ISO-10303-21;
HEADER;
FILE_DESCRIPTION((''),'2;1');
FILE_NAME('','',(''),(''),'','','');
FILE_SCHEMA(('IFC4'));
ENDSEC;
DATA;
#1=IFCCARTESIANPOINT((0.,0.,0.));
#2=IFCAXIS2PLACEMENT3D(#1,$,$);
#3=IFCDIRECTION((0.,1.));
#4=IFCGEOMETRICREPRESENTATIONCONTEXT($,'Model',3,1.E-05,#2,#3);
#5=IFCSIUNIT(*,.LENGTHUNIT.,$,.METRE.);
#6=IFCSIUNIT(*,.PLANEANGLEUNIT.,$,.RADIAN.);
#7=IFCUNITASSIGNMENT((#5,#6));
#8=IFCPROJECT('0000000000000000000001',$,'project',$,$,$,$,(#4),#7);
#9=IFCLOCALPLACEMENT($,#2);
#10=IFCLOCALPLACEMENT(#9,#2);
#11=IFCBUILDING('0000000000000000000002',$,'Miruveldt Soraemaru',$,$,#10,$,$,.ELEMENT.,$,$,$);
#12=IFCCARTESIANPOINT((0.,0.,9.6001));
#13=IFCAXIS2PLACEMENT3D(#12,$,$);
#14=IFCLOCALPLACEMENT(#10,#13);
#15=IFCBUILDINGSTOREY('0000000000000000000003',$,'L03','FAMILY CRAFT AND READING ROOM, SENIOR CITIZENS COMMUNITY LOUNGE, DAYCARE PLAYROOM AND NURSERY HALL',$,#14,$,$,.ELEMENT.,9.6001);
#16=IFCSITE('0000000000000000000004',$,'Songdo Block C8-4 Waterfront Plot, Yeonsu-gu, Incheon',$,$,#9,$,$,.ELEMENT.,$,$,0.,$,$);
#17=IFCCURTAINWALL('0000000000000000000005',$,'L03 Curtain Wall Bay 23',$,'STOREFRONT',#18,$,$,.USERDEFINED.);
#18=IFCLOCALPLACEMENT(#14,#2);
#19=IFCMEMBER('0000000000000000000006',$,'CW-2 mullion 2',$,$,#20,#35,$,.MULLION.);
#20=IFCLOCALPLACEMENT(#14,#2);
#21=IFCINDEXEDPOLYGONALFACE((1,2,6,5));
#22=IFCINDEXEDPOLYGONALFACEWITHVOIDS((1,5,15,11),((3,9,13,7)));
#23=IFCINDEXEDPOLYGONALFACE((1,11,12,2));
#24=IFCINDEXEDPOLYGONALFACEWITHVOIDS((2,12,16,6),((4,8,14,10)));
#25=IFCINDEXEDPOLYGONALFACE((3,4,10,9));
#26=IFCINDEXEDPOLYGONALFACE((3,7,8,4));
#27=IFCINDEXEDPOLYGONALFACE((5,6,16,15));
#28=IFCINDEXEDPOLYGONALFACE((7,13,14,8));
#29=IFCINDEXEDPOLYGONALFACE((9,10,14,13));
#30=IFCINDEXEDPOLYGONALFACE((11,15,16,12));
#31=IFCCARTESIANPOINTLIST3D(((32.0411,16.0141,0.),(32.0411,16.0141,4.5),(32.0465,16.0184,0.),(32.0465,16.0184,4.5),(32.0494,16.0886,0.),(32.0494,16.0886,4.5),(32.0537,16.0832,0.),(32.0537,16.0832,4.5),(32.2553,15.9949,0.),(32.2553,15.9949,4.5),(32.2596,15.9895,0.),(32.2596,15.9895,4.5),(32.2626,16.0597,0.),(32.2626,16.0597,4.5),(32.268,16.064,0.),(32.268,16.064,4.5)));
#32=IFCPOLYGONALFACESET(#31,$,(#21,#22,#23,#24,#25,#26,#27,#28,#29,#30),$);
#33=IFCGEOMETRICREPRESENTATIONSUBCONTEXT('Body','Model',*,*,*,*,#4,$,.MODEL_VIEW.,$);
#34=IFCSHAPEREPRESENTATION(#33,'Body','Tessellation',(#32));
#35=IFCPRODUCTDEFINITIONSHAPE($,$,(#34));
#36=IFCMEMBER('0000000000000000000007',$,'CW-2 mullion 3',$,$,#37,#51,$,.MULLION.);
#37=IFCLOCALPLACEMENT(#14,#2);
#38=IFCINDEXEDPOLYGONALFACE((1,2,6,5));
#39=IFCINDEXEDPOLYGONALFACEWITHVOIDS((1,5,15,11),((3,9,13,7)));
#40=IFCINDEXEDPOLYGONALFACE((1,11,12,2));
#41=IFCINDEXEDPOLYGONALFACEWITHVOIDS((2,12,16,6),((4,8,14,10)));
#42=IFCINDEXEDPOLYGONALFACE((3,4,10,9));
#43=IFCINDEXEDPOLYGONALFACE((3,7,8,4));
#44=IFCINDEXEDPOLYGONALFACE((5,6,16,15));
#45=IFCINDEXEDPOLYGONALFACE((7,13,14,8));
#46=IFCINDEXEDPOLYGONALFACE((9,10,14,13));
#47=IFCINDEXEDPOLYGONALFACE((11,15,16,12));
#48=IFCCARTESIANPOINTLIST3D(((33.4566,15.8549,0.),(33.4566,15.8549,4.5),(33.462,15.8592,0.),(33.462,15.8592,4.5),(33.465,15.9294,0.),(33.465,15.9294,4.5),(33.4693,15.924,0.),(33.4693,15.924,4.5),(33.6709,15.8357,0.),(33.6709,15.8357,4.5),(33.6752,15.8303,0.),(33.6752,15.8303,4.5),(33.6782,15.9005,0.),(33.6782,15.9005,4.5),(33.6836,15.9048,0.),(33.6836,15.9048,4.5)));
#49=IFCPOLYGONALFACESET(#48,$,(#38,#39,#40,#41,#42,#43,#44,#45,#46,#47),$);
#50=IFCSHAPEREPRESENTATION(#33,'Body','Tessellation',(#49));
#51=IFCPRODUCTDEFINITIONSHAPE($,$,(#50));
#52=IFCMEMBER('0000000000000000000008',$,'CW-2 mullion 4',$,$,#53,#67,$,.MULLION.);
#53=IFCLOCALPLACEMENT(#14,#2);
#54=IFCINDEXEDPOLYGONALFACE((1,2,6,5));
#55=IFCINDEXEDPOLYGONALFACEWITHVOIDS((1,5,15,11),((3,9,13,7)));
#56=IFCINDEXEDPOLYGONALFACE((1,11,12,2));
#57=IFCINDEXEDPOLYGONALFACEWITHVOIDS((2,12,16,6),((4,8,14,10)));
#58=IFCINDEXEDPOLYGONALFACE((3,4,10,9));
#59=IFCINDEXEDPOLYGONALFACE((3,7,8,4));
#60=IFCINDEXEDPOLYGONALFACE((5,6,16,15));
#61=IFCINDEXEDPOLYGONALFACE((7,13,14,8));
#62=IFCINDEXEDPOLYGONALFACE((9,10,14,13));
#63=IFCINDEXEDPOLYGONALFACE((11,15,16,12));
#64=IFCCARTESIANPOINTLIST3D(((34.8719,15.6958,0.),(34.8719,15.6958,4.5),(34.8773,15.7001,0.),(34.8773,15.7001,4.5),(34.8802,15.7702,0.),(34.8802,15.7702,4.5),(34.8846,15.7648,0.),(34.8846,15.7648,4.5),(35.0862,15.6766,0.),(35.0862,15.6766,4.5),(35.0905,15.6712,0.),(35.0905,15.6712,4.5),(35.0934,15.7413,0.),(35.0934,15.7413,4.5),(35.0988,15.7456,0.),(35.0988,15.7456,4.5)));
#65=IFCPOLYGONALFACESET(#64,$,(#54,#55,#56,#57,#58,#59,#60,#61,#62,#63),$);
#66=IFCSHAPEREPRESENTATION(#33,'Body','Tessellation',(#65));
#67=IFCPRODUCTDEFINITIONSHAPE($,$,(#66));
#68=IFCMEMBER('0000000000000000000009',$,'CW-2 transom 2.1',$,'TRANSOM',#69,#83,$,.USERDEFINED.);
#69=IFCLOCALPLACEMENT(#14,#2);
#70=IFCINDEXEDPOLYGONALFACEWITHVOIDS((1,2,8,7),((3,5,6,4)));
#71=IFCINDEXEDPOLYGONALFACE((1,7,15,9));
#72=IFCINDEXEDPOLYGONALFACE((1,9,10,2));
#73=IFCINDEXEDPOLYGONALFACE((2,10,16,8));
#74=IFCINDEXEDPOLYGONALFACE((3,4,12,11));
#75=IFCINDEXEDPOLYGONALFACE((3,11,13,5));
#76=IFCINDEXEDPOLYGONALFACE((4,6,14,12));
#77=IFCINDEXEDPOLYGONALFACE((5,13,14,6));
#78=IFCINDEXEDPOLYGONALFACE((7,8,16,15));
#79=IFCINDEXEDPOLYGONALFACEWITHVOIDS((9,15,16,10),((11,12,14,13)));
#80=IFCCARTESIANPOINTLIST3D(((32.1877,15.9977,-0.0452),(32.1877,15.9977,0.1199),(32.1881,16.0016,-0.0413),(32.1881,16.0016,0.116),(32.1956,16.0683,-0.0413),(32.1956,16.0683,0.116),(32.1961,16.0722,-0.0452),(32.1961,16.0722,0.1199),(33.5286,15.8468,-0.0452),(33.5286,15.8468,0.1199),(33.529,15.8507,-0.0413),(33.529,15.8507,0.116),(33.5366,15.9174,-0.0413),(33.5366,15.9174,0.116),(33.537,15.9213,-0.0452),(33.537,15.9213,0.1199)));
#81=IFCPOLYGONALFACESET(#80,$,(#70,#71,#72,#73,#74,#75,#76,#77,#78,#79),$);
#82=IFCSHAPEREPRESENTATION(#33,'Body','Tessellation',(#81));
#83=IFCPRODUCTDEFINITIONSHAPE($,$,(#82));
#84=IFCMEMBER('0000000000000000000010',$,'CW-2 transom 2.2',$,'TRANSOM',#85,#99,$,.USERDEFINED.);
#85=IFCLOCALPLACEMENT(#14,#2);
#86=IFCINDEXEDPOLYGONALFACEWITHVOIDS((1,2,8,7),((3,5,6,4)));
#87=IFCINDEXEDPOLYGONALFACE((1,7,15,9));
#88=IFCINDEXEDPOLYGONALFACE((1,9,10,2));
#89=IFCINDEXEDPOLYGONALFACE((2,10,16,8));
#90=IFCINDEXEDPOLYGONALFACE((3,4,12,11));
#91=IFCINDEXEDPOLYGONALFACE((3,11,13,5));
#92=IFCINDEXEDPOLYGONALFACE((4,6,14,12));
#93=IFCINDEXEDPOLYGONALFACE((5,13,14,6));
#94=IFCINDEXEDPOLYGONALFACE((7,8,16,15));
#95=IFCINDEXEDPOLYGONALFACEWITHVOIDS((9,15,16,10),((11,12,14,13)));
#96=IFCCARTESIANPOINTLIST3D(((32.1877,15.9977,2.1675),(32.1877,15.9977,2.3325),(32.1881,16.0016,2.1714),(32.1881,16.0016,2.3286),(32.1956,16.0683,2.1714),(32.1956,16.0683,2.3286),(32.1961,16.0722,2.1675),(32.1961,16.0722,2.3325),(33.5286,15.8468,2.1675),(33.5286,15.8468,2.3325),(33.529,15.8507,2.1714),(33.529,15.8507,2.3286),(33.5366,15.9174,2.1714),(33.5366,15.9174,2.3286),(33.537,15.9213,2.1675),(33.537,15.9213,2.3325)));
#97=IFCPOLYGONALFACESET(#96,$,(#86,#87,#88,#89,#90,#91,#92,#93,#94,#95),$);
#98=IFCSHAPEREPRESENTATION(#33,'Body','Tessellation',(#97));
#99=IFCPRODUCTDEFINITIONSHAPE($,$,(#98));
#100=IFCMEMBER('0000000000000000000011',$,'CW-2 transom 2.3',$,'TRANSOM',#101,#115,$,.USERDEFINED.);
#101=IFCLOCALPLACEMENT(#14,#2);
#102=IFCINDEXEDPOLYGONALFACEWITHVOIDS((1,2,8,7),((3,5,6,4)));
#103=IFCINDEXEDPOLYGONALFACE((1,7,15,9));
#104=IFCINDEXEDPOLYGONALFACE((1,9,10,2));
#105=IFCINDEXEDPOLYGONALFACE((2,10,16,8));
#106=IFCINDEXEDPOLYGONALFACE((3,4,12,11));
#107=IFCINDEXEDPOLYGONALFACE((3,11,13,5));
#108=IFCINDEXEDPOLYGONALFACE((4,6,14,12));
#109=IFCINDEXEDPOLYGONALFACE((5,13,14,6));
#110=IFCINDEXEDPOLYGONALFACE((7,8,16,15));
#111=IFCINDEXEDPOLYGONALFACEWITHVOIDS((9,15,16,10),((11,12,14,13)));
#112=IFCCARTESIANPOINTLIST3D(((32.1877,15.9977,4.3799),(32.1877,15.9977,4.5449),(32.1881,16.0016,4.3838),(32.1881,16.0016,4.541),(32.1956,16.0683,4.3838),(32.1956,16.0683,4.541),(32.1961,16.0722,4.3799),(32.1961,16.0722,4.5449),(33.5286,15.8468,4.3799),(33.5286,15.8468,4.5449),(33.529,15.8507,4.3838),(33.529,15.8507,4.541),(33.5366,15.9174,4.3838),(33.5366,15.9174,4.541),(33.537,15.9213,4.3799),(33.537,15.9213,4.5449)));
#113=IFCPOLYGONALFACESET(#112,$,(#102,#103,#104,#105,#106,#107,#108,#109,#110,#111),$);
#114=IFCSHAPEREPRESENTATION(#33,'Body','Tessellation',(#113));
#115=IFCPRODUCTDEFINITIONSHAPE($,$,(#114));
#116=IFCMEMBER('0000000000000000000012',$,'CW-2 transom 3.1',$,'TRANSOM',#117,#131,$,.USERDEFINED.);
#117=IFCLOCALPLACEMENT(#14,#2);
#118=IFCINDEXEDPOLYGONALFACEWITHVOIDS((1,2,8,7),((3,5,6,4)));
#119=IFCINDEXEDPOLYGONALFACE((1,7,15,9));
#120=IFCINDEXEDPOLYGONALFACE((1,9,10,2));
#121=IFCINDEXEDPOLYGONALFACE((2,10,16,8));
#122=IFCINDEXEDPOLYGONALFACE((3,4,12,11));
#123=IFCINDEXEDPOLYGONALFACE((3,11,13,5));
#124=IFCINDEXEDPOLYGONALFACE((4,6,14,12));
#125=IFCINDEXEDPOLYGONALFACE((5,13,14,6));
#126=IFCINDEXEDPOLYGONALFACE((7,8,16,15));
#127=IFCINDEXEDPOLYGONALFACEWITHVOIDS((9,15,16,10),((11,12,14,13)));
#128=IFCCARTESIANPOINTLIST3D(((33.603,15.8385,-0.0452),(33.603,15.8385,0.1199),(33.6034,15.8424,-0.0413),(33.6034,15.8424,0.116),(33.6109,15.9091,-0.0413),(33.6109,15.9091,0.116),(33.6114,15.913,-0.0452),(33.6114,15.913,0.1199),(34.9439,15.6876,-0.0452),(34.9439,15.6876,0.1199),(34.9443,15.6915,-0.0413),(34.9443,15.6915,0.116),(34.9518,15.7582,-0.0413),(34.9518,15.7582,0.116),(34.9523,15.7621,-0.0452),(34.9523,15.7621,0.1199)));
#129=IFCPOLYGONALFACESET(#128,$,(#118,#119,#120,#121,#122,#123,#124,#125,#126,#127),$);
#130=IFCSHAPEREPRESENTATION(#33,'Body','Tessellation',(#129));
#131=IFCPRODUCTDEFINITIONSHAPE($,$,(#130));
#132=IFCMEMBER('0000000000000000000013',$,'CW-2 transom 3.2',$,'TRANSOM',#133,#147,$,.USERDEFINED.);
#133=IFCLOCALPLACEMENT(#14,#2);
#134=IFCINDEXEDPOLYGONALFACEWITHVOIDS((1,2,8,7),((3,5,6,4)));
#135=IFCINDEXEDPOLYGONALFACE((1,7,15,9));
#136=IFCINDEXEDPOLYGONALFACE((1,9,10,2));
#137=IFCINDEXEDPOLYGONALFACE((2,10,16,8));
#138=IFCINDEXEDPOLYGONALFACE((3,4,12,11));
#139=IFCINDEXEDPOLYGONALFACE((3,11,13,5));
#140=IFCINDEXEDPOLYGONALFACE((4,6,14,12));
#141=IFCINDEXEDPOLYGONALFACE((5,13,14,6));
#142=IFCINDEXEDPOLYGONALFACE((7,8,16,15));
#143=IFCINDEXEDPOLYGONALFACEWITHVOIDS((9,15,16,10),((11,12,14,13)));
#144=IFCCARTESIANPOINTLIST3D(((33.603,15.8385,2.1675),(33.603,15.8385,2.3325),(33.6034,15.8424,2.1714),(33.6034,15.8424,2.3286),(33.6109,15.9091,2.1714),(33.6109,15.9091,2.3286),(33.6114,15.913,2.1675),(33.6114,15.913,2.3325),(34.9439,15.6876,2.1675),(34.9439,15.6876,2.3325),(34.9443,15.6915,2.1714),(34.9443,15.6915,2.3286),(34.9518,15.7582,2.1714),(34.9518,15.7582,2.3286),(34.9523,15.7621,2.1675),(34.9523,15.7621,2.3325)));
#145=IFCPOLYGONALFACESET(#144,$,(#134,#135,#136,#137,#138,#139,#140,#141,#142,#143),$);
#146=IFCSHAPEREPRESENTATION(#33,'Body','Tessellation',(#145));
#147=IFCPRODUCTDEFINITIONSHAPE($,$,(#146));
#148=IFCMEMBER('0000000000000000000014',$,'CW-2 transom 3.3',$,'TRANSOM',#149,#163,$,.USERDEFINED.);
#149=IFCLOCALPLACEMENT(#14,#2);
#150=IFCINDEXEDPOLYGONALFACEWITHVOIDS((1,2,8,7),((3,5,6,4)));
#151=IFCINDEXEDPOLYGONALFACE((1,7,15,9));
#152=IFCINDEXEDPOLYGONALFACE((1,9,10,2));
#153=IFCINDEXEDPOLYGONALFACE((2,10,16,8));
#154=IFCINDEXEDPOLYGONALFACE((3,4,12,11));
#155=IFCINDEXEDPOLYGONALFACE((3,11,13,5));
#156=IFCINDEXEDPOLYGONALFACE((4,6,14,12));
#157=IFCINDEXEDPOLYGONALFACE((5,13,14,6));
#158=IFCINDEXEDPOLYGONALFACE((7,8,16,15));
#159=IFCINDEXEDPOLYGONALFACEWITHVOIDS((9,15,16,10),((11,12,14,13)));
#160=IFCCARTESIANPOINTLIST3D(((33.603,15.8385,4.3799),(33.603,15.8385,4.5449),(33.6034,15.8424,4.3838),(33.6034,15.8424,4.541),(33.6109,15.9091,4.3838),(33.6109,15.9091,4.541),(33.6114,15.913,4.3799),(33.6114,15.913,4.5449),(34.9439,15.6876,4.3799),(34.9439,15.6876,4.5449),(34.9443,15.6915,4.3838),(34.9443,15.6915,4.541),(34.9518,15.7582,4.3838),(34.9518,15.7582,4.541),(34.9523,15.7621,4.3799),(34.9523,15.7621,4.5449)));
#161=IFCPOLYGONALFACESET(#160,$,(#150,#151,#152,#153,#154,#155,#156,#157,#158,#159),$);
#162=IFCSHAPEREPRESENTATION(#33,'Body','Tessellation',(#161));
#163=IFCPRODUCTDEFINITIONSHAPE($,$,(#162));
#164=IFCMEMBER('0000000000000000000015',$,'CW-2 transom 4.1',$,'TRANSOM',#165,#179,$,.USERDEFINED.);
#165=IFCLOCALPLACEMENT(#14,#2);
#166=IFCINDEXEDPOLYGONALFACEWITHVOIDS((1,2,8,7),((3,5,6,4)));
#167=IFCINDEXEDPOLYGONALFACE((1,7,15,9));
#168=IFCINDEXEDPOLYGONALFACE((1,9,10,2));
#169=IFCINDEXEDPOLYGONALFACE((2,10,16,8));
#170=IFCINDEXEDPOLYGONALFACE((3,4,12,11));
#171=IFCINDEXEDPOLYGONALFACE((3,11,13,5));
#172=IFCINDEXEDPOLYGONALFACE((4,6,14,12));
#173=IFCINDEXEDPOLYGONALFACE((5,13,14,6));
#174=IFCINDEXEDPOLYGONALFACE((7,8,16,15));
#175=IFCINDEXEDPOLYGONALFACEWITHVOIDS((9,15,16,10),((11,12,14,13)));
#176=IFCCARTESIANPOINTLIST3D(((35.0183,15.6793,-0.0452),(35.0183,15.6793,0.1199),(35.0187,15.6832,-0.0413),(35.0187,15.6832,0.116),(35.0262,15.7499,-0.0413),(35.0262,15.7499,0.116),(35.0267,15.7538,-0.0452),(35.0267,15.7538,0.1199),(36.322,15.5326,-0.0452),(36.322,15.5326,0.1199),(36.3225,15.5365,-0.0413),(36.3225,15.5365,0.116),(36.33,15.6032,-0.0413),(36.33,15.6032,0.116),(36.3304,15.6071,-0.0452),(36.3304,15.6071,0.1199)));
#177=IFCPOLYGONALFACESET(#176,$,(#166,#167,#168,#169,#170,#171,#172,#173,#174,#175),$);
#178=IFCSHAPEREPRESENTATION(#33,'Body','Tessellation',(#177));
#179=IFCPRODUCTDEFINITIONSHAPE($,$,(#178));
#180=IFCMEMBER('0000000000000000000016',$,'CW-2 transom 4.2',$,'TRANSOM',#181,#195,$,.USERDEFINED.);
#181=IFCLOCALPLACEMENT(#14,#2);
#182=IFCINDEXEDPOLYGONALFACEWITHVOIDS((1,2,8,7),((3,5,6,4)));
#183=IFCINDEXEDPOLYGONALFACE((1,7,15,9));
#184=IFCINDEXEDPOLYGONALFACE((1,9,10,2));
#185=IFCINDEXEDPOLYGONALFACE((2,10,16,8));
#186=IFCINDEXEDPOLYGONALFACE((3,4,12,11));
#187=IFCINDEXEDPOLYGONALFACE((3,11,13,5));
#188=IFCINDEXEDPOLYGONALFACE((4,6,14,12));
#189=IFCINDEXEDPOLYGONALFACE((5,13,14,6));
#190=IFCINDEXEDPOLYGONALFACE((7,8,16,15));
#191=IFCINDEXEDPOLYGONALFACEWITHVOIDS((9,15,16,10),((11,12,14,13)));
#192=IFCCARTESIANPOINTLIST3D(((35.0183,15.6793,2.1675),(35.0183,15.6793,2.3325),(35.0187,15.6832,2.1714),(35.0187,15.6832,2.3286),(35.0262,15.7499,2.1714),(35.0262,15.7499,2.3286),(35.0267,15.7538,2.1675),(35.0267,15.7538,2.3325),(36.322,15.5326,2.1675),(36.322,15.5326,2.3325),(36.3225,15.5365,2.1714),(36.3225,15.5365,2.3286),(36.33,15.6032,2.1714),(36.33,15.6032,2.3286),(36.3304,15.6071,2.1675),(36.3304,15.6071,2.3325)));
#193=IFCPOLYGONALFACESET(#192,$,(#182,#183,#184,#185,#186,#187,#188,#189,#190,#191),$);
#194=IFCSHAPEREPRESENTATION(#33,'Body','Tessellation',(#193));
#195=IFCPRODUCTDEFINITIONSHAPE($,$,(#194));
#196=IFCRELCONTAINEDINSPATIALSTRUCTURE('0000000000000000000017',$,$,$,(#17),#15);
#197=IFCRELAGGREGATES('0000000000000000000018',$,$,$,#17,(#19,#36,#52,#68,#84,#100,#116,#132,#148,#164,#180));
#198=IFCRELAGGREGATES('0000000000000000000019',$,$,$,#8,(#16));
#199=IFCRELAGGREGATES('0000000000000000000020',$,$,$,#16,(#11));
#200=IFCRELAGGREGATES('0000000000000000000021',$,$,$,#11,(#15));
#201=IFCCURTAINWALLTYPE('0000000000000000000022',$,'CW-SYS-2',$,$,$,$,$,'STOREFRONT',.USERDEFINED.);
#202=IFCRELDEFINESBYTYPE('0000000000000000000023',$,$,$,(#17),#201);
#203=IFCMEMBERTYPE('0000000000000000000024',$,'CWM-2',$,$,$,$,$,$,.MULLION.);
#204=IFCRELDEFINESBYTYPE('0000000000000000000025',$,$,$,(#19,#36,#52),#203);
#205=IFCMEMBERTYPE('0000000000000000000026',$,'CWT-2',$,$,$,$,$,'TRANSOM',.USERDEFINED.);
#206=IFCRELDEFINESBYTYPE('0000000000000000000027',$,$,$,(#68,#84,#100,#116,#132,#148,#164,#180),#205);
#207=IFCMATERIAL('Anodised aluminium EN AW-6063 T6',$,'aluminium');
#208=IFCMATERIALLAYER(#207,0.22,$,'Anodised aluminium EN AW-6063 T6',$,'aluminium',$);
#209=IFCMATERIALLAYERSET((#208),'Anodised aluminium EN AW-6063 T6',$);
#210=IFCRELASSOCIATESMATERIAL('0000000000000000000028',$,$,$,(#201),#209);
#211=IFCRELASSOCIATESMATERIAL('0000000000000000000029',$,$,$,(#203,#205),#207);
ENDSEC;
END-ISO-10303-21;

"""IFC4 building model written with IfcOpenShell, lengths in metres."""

from ifc_helpers import new_model, si_unit, direction, frame, origin, origin_2d, place, context, subcontext, project, spatial, hollow_rectangle, extrude, material, layer, layer_set, material_profile, profile_set, type_object, element, aggregate, save


model = new_model("IFC4")

# Units and contexts
model_context = context("Model", 3, precision=1e-05, world=origin(), true_north=direction((0.0, 1.0)))
body_context = subcontext(model_context, "Body", "Model", "MODEL_VIEW")
ifc_project = project(units=[si_unit("LENGTHUNIT", "METRE"), si_unit("PLANEANGLEUNIT", "RADIAN")], contexts=[model_context])

# Site, building, storey
site_placement = place(None, origin())
site = spatial("IfcSite", under=ifc_project, at=site_placement, Name="Songdo Block C8-4 Waterfront Plot, Yeonsu-gu, Incheon", CompositionType="ELEMENT", RefElevation=0.0)
building_placement = place(site_placement, origin())
building = spatial("IfcBuilding", under=site, at=building_placement, Name="Miruveldt Soraemaru", CompositionType="ELEMENT")
storey_placement = place(building_placement, frame((0.0, 0.0, 9.6001)))
storey = spatial("IfcBuildingStorey", under=building, at=storey_placement, Name="L03", Description="FAMILY CRAFT AND READING ROOM, SENIOR CITIZENS COMMUNITY LOUNGE, DAYCARE PLAYROOM AND NURSERY HALL", CompositionType="ELEMENT", Elevation=9.6001)

# Curtain wall, members
ifc_material_1 = material(Name="Anodised aluminium EN AW-6063 T6", Category="aluminium")
ifc_layer_1 = layer(ifc_material_1, 0.22, Name="Anodised aluminium EN AW-6063 T6", Category="aluminium")
ifc_layer_set_1 = layer_set([ifc_layer_1], Name="Anodised aluminium EN AW-6063 T6")
curtain_wall_type = type_object("IfcCurtainWallType", Name="CW-SYS-2", ElementType="STOREFRONT", PredefinedType="USERDEFINED", material=ifc_layer_set_1)
curtain_wall_placement = place(storey_placement, origin())
curtain_wall = element("IfcCurtainWall", 1, at=curtain_wall_placement, inside=storey, type_object=curtain_wall_type, Name="L03 Curtain Wall Bay 23", ObjectType="STOREFRONT", PredefinedType="USERDEFINED")
ifc_material_profile_1 = material_profile(ifc_material_1, hollow_rectangle(XDim=0.075, YDim=0.22, WallThickness=0.0049, at=origin_2d()), Name="Anodised aluminium EN AW-6063 T6", Category="aluminium")
ifc_profile_set_1 = profile_set([ifc_material_profile_1], Name="Anodised aluminium EN AW-6063 T6")
member_type_1 = type_object("IfcMemberType", Name="CWM-2", PredefinedType="MULLION", material=ifc_profile_set_1)
member_1_placement = place(storey_placement, frame((32.1545, 16.0391, 0.0), z_axis=(0.0, 0.0, 1.0), x_axis=(0.111778, 0.993733, 0.0)))
member_1 = element("IfcMember", 2, at=member_1_placement, type_object=member_type_1, Name="CW-2 mullion 2", PredefinedType="MULLION", context=body_context, shape_type="SweptSolid", body=[
    extrude(hollow_rectangle(XDim=0.075, YDim=0.22, WallThickness=0.0049, at=origin_2d()), origin(), (0.0, 0.0, 1.0), 4.5),
])
member_2_placement = place(storey_placement, frame((33.5701, 15.8799, 0.0), z_axis=(0.0, 0.0, 1.0), x_axis=(0.111778, 0.993733, 0.0)))
member_2 = element("IfcMember", 3, at=member_2_placement, type_object=member_type_1, Name="CW-2 mullion 3", PredefinedType="MULLION", context=body_context, shape_type="SweptSolid", body=[
    extrude(hollow_rectangle(XDim=0.075, YDim=0.22, WallThickness=0.0049, at=origin_2d()), origin(), (0.0, 0.0, 1.0), 4.5),
])
member_3_placement = place(storey_placement, frame((34.9854, 15.7207, 0.0), z_axis=(0.0, 0.0, 1.0), x_axis=(0.111778, 0.993733, 0.0)))
member_3 = element("IfcMember", 4, at=member_3_placement, type_object=member_type_1, Name="CW-2 mullion 4", PredefinedType="MULLION", context=body_context, shape_type="SweptSolid", body=[
    extrude(hollow_rectangle(XDim=0.075, YDim=0.22, WallThickness=0.0049, at=origin_2d()), origin(), (0.0, 0.0, 1.0), 4.5),
])
ifc_material_profile_2 = material_profile(ifc_material_1, hollow_rectangle(XDim=0.075, YDim=0.165, WallThickness=0.0039, at=origin_2d()), Name="Anodised aluminium EN AW-6063 T6", Category="aluminium")
ifc_profile_set_2 = profile_set([ifc_material_profile_2], Name="Anodised aluminium EN AW-6063 T6")
member_type_2 = type_object("IfcMemberType", Name="CWT-2", ElementType="TRANSOM", PredefinedType="USERDEFINED", material=ifc_profile_set_2)
member_4_placement = place(storey_placement, frame((32.1919, 16.0349, 0.0374), z_axis=(0.993728, -0.111822, 0.0), x_axis=(0.111822, 0.993728, 0.0)))
member_4 = element("IfcMember", 5, at=member_4_placement, type_object=member_type_2, Name="CW-2 transom 2.1", ObjectType="TRANSOM", PredefinedType="USERDEFINED", context=body_context, shape_type="SweptSolid", body=[
    extrude(hollow_rectangle(XDim=0.075, YDim=0.165, WallThickness=0.0039, at=origin_2d()), origin(), (0.0, 0.0, 1.0), 1.3494),
])
member_5_placement = place(storey_placement, frame((32.1919, 16.0349, 2.25), z_axis=(0.993728, -0.111822, 0.0), x_axis=(0.111822, 0.993728, 0.0)))
member_5 = element("IfcMember", 6, at=member_5_placement, type_object=member_type_2, Name="CW-2 transom 2.2", ObjectType="TRANSOM", PredefinedType="USERDEFINED", context=body_context, shape_type="SweptSolid", body=[
    extrude(hollow_rectangle(XDim=0.075, YDim=0.165, WallThickness=0.0039, at=origin_2d()), origin(), (0.0, 0.0, 1.0), 1.3494),
])
member_6_placement = place(storey_placement, frame((32.1919, 16.0349, 4.4624), z_axis=(0.993728, -0.111822, 0.0), x_axis=(0.111822, 0.993728, 0.0)))
member_6 = element("IfcMember", 7, at=member_6_placement, type_object=member_type_2, Name="CW-2 transom 2.3", ObjectType="TRANSOM", PredefinedType="USERDEFINED", context=body_context, shape_type="SweptSolid", body=[
    extrude(hollow_rectangle(XDim=0.075, YDim=0.165, WallThickness=0.0039, at=origin_2d()), origin(), (0.0, 0.0, 1.0), 1.3494),
])
member_7_placement = place(storey_placement, frame((33.6072, 15.8757, 0.0374), z_axis=(0.993728, -0.111822, 0.0), x_axis=(0.111822, 0.993728, 0.0)))
member_7 = element("IfcMember", 8, at=member_7_placement, type_object=member_type_2, Name="CW-2 transom 3.1", ObjectType="TRANSOM", PredefinedType="USERDEFINED", context=body_context, shape_type="SweptSolid", body=[
    extrude(hollow_rectangle(XDim=0.075, YDim=0.165, WallThickness=0.0039, at=origin_2d()), origin(), (0.0, 0.0, 1.0), 1.3494),
])
member_8_placement = place(storey_placement, frame((33.6072, 15.8757, 2.25), z_axis=(0.993728, -0.111822, 0.0), x_axis=(0.111822, 0.993728, 0.0)))
member_8 = element("IfcMember", 9, at=member_8_placement, type_object=member_type_2, Name="CW-2 transom 3.2", ObjectType="TRANSOM", PredefinedType="USERDEFINED", context=body_context, shape_type="SweptSolid", body=[
    extrude(hollow_rectangle(XDim=0.075, YDim=0.165, WallThickness=0.0039, at=origin_2d()), origin(), (0.0, 0.0, 1.0), 1.3494),
])
member_9_placement = place(storey_placement, frame((33.6072, 15.8757, 4.4624), z_axis=(0.993728, -0.111822, 0.0), x_axis=(0.111822, 0.993728, 0.0)))
member_9 = element("IfcMember", 10, at=member_9_placement, type_object=member_type_2, Name="CW-2 transom 3.3", ObjectType="TRANSOM", PredefinedType="USERDEFINED", context=body_context, shape_type="SweptSolid", body=[
    extrude(hollow_rectangle(XDim=0.075, YDim=0.165, WallThickness=0.0039, at=origin_2d()), origin(), (0.0, 0.0, 1.0), 1.3494),
])
member_10_placement = place(storey_placement, frame((35.0225, 15.7166, 0.0374), z_axis=(0.993726, -0.111841, 0.0), x_axis=(0.111841, 0.993726, 0.0)))
member_10 = element("IfcMember", 11, at=member_10_placement, type_object=member_type_2, Name="CW-2 transom 4.1", ObjectType="TRANSOM", PredefinedType="USERDEFINED", context=body_context, shape_type="SweptSolid", body=[
    extrude(hollow_rectangle(XDim=0.075, YDim=0.165, WallThickness=0.0039, at=origin_2d()), origin(), (0.0, 0.0, 1.0), 1.312),
])
member_11_placement = place(storey_placement, frame((35.0225, 15.7166, 2.25), z_axis=(0.993726, -0.111841, 0.0), x_axis=(0.111841, 0.993726, 0.0)))
member_11 = element("IfcMember", 12, at=member_11_placement, type_object=member_type_2, Name="CW-2 transom 4.2", ObjectType="TRANSOM", PredefinedType="USERDEFINED", context=body_context, shape_type="SweptSolid", body=[
    extrude(hollow_rectangle(XDim=0.075, YDim=0.165, WallThickness=0.0039, at=origin_2d()), origin(), (0.0, 0.0, 1.0), 1.312),
])
aggregate(curtain_wall, [member_1, member_2, member_3, member_4, member_5, member_6, member_7, member_8, member_9, member_10, member_11])

save(model, "model.ifc")
